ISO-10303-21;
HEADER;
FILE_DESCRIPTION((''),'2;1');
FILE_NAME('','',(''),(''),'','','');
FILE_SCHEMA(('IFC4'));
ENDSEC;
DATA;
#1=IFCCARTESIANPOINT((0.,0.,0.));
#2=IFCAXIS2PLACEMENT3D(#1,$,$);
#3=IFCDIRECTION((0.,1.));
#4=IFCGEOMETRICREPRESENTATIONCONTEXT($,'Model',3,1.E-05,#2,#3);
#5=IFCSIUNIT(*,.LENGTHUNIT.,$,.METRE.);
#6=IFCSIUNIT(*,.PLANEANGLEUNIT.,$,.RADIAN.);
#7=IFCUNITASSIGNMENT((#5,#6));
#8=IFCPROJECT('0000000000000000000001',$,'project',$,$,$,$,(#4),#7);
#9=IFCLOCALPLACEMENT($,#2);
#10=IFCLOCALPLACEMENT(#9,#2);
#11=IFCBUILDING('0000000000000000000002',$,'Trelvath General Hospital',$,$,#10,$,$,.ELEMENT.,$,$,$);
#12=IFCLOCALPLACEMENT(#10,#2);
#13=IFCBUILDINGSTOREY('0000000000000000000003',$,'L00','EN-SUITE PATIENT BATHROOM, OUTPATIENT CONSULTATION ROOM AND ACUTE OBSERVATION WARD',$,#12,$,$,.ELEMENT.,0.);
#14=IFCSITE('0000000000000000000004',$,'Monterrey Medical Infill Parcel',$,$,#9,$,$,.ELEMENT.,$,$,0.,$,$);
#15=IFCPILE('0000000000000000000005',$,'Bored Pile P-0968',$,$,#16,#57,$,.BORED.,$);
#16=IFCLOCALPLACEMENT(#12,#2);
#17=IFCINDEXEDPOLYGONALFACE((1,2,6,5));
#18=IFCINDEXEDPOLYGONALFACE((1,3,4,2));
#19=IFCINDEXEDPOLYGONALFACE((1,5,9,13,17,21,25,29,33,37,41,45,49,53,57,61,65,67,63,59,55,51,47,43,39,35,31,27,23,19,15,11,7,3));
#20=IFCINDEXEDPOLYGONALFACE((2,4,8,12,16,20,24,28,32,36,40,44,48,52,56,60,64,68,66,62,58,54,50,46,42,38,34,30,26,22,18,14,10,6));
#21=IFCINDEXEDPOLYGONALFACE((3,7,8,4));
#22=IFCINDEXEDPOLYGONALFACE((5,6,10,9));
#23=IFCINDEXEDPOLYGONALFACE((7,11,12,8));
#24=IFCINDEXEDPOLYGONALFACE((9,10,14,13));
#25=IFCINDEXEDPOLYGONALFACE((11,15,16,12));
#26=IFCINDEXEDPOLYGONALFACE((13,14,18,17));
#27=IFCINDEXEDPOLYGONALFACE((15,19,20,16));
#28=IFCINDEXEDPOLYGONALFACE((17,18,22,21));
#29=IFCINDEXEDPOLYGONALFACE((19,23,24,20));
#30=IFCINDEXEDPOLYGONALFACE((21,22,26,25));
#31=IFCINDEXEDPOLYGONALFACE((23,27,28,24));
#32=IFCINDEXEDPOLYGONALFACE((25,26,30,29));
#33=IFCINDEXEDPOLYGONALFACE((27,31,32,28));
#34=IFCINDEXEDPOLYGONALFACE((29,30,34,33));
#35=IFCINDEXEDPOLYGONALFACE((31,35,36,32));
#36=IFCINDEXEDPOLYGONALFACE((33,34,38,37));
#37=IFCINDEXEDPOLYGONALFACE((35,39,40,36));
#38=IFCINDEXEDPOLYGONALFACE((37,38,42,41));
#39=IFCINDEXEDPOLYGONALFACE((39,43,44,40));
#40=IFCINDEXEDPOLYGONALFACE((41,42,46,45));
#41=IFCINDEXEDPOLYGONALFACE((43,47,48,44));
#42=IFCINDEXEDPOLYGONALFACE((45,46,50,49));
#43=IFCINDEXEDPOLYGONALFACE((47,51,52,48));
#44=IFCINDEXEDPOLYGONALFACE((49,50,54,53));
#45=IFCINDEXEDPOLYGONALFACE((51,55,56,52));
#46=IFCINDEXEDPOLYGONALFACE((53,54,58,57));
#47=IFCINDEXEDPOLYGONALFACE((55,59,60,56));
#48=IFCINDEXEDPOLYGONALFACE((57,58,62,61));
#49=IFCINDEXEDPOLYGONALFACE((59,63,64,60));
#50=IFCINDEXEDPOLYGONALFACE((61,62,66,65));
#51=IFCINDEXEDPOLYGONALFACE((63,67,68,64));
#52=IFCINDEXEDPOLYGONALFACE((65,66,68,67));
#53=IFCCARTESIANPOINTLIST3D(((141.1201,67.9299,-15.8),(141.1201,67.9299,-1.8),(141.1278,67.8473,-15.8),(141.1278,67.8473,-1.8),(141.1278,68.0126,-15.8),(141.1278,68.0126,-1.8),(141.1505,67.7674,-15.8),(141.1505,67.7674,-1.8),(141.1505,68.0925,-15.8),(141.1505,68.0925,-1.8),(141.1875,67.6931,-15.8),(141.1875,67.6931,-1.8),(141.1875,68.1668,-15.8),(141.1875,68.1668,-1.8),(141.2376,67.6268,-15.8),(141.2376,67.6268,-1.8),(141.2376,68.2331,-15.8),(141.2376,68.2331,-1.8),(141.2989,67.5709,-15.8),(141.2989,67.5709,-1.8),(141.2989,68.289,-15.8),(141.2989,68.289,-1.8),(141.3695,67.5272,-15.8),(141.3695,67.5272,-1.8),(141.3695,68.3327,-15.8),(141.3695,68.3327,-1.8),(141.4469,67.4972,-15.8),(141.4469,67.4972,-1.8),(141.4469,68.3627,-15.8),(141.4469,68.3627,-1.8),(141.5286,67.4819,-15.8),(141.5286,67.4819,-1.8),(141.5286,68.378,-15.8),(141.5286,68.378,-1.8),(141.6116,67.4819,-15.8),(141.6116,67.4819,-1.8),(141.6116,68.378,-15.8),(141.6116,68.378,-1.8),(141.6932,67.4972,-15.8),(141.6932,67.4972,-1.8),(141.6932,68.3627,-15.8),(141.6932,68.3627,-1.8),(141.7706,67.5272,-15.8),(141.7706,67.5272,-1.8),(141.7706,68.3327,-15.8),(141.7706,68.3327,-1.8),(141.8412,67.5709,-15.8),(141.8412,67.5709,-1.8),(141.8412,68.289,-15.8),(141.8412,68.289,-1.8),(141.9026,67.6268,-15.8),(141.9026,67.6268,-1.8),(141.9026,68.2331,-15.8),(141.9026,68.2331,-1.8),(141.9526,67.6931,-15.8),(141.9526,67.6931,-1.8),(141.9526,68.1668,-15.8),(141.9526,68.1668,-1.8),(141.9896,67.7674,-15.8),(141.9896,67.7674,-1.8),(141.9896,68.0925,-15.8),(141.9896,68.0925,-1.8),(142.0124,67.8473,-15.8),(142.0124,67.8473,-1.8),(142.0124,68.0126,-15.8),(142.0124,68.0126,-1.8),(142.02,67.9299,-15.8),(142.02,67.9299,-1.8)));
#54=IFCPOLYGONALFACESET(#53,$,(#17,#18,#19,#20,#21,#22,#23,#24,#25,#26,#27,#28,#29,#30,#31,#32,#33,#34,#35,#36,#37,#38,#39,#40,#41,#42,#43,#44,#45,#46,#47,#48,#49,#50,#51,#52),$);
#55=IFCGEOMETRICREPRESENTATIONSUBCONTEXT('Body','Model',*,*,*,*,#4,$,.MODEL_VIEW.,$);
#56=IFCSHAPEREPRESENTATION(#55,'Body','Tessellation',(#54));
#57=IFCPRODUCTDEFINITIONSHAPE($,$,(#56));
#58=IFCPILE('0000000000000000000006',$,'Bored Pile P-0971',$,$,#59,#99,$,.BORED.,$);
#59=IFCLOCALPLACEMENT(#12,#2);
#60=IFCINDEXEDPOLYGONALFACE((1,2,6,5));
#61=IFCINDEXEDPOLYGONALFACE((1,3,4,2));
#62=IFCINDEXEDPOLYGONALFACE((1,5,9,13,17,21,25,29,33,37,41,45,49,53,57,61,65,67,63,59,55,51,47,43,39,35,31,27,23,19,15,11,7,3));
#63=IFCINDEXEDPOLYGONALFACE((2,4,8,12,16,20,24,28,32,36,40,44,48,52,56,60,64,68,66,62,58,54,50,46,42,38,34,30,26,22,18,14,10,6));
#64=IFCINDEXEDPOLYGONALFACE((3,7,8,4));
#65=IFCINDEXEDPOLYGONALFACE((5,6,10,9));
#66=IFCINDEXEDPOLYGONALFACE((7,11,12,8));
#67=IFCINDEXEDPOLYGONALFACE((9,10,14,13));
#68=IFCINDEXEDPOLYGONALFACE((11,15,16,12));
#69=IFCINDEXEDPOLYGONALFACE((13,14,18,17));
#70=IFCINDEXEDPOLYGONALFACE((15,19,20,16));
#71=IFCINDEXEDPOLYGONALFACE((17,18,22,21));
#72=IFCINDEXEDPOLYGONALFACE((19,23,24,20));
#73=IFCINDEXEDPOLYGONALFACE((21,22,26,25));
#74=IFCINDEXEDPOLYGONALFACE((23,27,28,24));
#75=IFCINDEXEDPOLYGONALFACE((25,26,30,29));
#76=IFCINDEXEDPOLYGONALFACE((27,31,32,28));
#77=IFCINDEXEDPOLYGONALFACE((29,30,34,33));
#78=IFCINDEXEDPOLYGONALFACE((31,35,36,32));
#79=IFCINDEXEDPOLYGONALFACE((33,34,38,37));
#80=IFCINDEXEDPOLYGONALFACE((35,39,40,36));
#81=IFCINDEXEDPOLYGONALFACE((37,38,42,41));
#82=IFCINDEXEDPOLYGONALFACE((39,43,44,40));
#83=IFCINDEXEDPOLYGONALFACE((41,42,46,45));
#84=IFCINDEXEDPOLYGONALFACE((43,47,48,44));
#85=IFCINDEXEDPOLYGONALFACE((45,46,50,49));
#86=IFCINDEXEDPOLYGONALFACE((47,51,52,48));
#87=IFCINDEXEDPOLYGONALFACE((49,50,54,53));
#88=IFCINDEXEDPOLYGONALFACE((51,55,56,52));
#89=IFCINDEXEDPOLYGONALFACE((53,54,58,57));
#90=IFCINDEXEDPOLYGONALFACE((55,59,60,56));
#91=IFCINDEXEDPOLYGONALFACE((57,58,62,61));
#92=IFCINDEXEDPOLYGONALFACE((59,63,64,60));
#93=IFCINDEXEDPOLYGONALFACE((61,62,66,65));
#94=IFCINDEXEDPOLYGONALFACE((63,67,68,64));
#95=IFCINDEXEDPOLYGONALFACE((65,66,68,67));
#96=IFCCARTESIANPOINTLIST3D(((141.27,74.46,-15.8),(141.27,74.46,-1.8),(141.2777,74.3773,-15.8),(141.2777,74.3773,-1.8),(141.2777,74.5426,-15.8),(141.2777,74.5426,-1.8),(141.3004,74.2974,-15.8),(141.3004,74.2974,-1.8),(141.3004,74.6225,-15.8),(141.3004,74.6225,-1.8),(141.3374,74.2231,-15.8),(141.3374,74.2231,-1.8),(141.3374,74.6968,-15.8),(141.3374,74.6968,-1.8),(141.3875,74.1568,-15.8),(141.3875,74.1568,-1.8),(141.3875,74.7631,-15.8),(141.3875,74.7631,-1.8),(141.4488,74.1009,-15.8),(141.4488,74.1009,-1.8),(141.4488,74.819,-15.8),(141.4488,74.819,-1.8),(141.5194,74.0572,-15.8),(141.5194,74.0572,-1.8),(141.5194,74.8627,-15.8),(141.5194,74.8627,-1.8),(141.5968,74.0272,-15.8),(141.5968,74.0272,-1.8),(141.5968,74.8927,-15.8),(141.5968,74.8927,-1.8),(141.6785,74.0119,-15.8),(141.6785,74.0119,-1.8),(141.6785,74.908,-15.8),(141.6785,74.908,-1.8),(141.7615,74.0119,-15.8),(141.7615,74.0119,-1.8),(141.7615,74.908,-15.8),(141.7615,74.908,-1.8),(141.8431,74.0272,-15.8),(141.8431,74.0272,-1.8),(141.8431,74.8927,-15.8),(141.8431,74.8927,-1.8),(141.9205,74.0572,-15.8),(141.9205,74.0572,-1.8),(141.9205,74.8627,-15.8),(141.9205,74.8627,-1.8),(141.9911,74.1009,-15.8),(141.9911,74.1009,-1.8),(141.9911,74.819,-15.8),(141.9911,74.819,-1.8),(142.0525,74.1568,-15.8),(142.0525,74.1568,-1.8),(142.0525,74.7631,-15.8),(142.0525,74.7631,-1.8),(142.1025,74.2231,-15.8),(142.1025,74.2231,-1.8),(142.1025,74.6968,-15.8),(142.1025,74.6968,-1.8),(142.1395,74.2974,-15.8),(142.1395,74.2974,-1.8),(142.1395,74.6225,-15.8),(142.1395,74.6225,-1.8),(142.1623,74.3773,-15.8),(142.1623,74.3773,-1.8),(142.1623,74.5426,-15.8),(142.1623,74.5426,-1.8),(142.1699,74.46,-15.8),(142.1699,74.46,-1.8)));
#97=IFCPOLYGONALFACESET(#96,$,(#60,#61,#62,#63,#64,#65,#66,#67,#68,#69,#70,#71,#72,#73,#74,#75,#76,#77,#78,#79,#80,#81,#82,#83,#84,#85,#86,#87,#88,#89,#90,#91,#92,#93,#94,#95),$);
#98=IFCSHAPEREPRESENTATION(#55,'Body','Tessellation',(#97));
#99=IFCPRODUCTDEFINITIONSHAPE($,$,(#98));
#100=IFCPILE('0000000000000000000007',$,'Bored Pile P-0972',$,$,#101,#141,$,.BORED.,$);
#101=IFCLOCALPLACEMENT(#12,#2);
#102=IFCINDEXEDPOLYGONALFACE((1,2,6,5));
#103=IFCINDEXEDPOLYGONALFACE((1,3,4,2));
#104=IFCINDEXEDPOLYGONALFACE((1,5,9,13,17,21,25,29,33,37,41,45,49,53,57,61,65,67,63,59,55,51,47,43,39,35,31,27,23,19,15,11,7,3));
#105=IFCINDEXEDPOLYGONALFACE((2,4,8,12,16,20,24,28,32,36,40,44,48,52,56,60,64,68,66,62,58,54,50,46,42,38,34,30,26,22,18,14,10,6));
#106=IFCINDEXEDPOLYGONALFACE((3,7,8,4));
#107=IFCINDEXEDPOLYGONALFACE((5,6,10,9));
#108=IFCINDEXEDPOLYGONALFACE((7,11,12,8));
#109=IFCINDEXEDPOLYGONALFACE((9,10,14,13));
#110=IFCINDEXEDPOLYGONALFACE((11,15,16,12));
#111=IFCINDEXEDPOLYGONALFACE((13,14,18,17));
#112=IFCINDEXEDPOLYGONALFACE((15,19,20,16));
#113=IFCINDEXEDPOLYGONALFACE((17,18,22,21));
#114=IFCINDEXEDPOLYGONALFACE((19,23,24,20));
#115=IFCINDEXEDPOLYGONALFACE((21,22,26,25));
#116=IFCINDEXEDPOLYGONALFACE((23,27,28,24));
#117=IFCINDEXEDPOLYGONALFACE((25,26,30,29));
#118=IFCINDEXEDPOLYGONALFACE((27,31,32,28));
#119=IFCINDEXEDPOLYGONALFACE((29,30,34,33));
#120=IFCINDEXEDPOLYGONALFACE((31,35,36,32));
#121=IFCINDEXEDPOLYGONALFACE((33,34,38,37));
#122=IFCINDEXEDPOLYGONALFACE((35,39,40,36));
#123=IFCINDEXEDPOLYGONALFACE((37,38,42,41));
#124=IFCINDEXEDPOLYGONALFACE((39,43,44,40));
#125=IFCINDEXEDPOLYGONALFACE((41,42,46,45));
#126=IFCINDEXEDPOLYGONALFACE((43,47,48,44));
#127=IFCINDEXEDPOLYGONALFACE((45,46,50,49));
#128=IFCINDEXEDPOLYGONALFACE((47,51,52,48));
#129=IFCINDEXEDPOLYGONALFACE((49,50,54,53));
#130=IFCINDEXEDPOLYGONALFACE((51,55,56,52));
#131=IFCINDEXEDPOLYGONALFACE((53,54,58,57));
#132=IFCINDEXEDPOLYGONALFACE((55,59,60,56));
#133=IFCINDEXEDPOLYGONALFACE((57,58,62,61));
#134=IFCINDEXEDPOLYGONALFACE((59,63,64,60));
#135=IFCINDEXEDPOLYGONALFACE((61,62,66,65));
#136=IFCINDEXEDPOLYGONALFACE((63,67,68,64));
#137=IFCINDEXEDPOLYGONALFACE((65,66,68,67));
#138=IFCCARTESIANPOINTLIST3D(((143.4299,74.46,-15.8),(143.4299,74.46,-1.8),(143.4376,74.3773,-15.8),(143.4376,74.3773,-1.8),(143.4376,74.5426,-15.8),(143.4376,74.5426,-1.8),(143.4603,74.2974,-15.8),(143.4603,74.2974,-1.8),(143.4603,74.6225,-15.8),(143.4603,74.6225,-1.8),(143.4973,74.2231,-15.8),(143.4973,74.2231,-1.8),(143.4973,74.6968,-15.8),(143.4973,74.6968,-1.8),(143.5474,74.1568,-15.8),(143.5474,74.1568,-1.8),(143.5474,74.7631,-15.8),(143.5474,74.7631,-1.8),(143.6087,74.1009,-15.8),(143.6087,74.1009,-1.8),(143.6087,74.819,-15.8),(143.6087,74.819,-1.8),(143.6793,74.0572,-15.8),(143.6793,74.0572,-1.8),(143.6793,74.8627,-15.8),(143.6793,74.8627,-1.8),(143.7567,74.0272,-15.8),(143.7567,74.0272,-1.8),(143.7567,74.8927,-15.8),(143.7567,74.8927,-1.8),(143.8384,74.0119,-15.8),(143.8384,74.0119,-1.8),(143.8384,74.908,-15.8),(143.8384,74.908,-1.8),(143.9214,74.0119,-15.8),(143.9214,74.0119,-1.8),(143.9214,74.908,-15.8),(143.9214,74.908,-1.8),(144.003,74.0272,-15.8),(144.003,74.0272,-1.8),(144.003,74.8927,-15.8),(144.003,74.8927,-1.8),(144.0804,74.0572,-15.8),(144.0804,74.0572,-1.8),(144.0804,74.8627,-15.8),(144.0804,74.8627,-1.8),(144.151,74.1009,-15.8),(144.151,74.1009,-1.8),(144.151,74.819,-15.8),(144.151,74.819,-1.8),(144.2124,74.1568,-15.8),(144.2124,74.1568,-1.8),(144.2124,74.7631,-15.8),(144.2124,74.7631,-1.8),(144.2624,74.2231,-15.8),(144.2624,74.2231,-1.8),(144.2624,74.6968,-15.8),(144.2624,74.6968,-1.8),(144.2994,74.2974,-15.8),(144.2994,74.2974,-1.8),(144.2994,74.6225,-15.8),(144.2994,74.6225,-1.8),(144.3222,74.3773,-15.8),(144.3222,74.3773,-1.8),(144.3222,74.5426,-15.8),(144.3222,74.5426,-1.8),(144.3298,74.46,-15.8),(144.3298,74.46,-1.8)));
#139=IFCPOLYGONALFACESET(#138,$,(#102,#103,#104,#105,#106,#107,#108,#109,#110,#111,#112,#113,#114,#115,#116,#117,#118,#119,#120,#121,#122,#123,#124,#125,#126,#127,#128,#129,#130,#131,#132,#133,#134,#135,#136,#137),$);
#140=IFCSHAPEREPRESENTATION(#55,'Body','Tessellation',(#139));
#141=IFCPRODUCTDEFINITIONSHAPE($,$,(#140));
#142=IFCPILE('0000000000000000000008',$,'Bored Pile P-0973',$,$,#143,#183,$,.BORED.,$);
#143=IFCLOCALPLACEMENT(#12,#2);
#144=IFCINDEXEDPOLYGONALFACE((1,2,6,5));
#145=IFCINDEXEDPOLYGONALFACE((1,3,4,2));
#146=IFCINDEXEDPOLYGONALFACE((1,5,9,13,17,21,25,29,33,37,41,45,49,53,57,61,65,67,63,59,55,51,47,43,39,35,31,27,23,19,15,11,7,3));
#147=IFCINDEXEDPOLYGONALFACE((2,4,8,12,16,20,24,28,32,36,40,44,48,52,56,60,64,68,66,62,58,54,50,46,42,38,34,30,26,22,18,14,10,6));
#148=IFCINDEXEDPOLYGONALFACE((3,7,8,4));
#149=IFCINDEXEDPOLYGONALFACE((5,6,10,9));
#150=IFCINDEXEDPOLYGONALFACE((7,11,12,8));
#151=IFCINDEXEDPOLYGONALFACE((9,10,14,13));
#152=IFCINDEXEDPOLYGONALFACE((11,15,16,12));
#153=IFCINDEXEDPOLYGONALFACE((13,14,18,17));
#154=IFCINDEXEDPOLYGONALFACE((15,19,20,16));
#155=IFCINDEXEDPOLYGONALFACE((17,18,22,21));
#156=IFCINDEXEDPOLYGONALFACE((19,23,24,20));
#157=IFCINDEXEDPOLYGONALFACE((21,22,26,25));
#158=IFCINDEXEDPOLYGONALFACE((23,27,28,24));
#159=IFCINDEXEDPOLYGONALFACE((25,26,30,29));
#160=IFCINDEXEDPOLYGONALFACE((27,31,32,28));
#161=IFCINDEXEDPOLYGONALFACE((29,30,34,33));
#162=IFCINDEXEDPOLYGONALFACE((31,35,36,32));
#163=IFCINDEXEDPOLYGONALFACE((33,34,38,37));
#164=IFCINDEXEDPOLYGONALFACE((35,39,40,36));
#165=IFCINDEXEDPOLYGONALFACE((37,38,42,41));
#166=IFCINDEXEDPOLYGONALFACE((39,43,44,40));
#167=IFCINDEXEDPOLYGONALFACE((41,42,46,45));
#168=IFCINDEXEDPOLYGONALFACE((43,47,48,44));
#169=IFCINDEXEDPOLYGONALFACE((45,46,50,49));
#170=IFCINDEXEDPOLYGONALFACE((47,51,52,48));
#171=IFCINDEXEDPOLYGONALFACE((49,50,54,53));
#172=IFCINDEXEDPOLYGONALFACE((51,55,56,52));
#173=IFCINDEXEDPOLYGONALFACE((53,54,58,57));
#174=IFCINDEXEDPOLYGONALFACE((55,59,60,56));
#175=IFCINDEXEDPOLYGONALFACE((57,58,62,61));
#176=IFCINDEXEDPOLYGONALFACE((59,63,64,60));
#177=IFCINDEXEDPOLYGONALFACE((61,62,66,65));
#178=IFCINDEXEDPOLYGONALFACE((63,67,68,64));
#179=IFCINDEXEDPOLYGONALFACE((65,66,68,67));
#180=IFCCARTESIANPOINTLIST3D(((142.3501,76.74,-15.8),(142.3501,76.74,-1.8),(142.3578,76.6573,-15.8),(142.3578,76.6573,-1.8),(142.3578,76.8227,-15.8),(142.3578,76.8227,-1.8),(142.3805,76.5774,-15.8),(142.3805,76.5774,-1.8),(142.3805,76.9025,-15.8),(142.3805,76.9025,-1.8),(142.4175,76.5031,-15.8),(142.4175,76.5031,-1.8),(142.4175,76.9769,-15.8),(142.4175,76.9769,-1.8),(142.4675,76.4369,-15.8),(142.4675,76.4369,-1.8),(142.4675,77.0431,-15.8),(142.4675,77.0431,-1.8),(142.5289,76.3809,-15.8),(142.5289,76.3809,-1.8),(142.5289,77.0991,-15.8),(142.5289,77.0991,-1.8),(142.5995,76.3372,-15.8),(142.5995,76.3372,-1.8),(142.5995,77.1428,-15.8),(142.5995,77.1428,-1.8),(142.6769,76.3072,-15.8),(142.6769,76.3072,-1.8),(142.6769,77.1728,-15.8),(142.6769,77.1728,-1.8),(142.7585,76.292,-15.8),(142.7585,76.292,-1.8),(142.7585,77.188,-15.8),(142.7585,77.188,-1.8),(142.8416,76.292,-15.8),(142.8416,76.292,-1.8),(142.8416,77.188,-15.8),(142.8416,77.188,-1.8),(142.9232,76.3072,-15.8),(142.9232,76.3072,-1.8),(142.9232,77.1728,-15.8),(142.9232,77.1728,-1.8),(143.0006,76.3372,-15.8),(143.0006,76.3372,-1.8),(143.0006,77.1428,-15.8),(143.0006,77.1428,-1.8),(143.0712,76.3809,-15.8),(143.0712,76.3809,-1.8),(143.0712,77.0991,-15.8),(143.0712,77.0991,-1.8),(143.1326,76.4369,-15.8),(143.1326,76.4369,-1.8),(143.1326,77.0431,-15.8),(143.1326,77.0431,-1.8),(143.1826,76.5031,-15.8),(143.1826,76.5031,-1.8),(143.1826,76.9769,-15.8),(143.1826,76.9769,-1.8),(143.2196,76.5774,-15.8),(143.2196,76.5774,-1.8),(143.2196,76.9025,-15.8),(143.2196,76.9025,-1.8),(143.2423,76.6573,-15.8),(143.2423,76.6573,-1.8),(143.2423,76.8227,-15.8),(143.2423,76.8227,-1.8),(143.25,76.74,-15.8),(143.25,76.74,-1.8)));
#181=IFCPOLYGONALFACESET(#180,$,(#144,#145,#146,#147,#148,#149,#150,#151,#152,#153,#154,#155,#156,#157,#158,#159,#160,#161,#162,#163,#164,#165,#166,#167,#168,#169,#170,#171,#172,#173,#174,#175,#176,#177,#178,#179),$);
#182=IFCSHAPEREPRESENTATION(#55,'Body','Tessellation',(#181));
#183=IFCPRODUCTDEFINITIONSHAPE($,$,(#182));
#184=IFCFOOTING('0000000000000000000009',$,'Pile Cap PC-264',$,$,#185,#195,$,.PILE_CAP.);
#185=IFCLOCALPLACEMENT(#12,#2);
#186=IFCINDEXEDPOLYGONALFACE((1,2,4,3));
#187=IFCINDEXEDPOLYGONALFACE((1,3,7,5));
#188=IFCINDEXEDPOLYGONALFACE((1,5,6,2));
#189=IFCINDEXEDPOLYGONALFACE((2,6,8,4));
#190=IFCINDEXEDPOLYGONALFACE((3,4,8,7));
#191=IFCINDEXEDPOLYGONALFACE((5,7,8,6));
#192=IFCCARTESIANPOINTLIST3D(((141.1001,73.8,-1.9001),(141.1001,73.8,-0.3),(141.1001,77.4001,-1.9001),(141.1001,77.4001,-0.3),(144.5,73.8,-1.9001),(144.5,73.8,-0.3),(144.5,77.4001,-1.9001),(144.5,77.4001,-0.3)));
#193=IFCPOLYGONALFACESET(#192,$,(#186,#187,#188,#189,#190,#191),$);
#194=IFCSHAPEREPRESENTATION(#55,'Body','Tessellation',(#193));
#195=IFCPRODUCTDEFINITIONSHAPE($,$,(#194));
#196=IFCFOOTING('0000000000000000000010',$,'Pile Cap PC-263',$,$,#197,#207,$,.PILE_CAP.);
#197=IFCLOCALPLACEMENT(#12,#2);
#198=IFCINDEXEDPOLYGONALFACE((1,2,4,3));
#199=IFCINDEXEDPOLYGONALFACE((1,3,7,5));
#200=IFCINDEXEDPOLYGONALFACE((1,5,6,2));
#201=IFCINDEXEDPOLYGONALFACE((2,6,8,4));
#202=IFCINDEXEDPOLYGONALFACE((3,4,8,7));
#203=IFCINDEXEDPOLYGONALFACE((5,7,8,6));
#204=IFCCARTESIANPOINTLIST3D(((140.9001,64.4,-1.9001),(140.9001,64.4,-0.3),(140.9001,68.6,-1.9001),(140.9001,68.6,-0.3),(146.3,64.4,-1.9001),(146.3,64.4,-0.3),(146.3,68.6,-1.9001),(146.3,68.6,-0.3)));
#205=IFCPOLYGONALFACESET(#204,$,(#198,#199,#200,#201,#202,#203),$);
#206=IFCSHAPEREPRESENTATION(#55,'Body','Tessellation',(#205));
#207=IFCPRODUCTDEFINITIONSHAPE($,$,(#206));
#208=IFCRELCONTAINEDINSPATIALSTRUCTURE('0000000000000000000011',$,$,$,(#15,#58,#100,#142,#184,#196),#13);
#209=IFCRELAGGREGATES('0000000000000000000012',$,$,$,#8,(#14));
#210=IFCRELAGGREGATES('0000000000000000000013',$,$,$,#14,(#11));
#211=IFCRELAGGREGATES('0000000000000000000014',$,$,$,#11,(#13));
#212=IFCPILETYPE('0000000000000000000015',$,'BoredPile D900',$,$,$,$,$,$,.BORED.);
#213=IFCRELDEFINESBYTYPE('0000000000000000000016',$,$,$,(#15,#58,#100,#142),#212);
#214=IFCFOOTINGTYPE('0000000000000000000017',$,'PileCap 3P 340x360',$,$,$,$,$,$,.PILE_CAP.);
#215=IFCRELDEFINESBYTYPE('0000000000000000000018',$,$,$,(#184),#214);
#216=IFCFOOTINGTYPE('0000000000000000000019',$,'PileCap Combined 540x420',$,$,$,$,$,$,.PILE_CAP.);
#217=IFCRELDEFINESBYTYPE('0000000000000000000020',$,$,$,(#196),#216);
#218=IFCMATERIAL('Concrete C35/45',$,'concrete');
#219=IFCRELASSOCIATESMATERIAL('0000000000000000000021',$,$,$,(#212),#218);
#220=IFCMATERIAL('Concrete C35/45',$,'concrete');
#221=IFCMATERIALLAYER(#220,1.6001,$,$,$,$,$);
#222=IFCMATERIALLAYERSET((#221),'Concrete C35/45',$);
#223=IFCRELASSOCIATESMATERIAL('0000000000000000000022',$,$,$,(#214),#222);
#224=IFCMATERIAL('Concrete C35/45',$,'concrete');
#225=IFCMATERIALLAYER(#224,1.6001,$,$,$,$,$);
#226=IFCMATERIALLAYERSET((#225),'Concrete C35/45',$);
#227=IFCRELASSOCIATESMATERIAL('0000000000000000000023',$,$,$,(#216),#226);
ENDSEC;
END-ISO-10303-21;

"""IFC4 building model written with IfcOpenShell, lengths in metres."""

from ifc_helpers import new_model, si_unit, direction, frame, origin, origin_2d, place, context, subcontext, project, spatial, rectangle, circle, extrude, material, layer, layer_set, material_profile, profile_set, type_object, element, save


model = new_model("IFC4")

# Units and contexts
model_context = context("Model", 3, precision=1e-05, world=origin(), true_north=direction((0.0, 1.0)))
body_context = subcontext(model_context, "Body", "Model", "MODEL_VIEW")
ifc_project = project(units=[si_unit("LENGTHUNIT", "METRE"), si_unit("PLANEANGLEUNIT", "RADIAN")], contexts=[model_context])

# Site, building, storey
site_placement = place(None, origin())
site = spatial("IfcSite", under=ifc_project, at=site_placement, Name="Monterrey Medical Infill Parcel", CompositionType="ELEMENT", RefElevation=0.0)
building_placement = place(site_placement, origin())
building = spatial("IfcBuilding", under=site, at=building_placement, Name="Trelvath General Hospital", CompositionType="ELEMENT")
storey_placement = place(building_placement, origin())
storey = spatial("IfcBuildingStorey", under=building, at=storey_placement, Name="L00", Description="EN-SUITE PATIENT BATHROOM, OUTPATIENT CONSULTATION ROOM AND ACUTE OBSERVATION WARD", CompositionType="ELEMENT", Elevation=0.0)

# Piles
ifc_material_1 = material(Name="Concrete C35/45", Category="concrete")
ifc_material_profile_1 = material_profile(ifc_material_1, circle(Radius=0.45, at=origin_2d()), Name="PILE900")
ifc_profile_set_1 = profile_set([ifc_material_profile_1], Name="Concrete C35/45")
pile_type = type_object("IfcPileType", Name="BoredPile D900", PredefinedType="BORED", material=ifc_profile_set_1)
for number, where, z_axis, x_axis, name in (
    (1, (141.5701, 67.9299, -1.8), (0.0, 0.0, -1.0), (1.0, 0.0, 0.0), "Bored Pile P-0968"),
    (2, (141.72, 74.46, -1.8), (0.0, 0.0, -1.0), (1.0, 0.0, 0.0), "Bored Pile P-0971"),
    (3, (143.8799, 74.46, -1.8), (0.0, 0.0, -1.0), (1.0, 0.0, 0.0), "Bored Pile P-0972"),
    (4, (142.8, 76.74, -1.8), (0.0, 0.0, -1.0), (1.0, 0.0, 0.0), "Bored Pile P-0973"),
):
    element("IfcPile", number, at=place(storey_placement, frame(where, z_axis=z_axis, x_axis=x_axis)), inside=storey, type_object=pile_type, Name=name, PredefinedType="BORED", context=body_context, shape_type="SweptSolid", body=[
        extrude(circle(Radius=0.45, at=origin_2d()), origin(), (0.0, 0.0, 1.0), 14.0),
    ])

# Footings
ifc_material_2 = material(Name="Concrete C35/45", Category="concrete")
ifc_layer_1 = layer(ifc_material_2, 1.6001)
ifc_layer_set_1 = layer_set([ifc_layer_1], Name="Concrete C35/45")
footing_type_1 = type_object("IfcFootingType", Name="PileCap 3P 340x360", PredefinedType="PILE_CAP", material=ifc_layer_set_1)
footing_1_placement = place(storey_placement, frame((142.8, 75.6001, -1.9001), z_axis=(0.0, 0.0, 1.0), x_axis=(1.0, 0.0, 0.0)))
element("IfcFooting", 5, at=footing_1_placement, inside=storey, type_object=footing_type_1, Name="Pile Cap PC-264", PredefinedType="PILE_CAP", context=body_context, shape_type="SweptSolid", body=[
    extrude(rectangle(XDim=3.3999, YDim=3.6001, at=origin_2d()), origin(), (0.0, 0.0, 1.0), 1.6001),
])
ifc_material_3 = material(Name="Concrete C35/45", Category="concrete")
ifc_layer_2 = layer(ifc_material_3, 1.6001)
ifc_layer_set_2 = layer_set([ifc_layer_2], Name="Concrete C35/45")
footing_type_2 = type_object("IfcFootingType", Name="PileCap Combined 540x420", PredefinedType="PILE_CAP", material=ifc_layer_set_2)
footing_2_placement = place(storey_placement, frame((143.6001, 66.5, -1.9001), z_axis=(0.0, 0.0, 1.0), x_axis=(1.0, 0.0, 0.0)))
element("IfcFooting", 6, at=footing_2_placement, inside=storey, type_object=footing_type_2, Name="Pile Cap PC-263", PredefinedType="PILE_CAP", context=body_context, shape_type="SweptSolid", body=[
    extrude(rectangle(XDim=5.3999, YDim=4.2, at=origin_2d()), origin(), (0.0, 0.0, 1.0), 1.6001),
])

save(model, "model.ifc")
